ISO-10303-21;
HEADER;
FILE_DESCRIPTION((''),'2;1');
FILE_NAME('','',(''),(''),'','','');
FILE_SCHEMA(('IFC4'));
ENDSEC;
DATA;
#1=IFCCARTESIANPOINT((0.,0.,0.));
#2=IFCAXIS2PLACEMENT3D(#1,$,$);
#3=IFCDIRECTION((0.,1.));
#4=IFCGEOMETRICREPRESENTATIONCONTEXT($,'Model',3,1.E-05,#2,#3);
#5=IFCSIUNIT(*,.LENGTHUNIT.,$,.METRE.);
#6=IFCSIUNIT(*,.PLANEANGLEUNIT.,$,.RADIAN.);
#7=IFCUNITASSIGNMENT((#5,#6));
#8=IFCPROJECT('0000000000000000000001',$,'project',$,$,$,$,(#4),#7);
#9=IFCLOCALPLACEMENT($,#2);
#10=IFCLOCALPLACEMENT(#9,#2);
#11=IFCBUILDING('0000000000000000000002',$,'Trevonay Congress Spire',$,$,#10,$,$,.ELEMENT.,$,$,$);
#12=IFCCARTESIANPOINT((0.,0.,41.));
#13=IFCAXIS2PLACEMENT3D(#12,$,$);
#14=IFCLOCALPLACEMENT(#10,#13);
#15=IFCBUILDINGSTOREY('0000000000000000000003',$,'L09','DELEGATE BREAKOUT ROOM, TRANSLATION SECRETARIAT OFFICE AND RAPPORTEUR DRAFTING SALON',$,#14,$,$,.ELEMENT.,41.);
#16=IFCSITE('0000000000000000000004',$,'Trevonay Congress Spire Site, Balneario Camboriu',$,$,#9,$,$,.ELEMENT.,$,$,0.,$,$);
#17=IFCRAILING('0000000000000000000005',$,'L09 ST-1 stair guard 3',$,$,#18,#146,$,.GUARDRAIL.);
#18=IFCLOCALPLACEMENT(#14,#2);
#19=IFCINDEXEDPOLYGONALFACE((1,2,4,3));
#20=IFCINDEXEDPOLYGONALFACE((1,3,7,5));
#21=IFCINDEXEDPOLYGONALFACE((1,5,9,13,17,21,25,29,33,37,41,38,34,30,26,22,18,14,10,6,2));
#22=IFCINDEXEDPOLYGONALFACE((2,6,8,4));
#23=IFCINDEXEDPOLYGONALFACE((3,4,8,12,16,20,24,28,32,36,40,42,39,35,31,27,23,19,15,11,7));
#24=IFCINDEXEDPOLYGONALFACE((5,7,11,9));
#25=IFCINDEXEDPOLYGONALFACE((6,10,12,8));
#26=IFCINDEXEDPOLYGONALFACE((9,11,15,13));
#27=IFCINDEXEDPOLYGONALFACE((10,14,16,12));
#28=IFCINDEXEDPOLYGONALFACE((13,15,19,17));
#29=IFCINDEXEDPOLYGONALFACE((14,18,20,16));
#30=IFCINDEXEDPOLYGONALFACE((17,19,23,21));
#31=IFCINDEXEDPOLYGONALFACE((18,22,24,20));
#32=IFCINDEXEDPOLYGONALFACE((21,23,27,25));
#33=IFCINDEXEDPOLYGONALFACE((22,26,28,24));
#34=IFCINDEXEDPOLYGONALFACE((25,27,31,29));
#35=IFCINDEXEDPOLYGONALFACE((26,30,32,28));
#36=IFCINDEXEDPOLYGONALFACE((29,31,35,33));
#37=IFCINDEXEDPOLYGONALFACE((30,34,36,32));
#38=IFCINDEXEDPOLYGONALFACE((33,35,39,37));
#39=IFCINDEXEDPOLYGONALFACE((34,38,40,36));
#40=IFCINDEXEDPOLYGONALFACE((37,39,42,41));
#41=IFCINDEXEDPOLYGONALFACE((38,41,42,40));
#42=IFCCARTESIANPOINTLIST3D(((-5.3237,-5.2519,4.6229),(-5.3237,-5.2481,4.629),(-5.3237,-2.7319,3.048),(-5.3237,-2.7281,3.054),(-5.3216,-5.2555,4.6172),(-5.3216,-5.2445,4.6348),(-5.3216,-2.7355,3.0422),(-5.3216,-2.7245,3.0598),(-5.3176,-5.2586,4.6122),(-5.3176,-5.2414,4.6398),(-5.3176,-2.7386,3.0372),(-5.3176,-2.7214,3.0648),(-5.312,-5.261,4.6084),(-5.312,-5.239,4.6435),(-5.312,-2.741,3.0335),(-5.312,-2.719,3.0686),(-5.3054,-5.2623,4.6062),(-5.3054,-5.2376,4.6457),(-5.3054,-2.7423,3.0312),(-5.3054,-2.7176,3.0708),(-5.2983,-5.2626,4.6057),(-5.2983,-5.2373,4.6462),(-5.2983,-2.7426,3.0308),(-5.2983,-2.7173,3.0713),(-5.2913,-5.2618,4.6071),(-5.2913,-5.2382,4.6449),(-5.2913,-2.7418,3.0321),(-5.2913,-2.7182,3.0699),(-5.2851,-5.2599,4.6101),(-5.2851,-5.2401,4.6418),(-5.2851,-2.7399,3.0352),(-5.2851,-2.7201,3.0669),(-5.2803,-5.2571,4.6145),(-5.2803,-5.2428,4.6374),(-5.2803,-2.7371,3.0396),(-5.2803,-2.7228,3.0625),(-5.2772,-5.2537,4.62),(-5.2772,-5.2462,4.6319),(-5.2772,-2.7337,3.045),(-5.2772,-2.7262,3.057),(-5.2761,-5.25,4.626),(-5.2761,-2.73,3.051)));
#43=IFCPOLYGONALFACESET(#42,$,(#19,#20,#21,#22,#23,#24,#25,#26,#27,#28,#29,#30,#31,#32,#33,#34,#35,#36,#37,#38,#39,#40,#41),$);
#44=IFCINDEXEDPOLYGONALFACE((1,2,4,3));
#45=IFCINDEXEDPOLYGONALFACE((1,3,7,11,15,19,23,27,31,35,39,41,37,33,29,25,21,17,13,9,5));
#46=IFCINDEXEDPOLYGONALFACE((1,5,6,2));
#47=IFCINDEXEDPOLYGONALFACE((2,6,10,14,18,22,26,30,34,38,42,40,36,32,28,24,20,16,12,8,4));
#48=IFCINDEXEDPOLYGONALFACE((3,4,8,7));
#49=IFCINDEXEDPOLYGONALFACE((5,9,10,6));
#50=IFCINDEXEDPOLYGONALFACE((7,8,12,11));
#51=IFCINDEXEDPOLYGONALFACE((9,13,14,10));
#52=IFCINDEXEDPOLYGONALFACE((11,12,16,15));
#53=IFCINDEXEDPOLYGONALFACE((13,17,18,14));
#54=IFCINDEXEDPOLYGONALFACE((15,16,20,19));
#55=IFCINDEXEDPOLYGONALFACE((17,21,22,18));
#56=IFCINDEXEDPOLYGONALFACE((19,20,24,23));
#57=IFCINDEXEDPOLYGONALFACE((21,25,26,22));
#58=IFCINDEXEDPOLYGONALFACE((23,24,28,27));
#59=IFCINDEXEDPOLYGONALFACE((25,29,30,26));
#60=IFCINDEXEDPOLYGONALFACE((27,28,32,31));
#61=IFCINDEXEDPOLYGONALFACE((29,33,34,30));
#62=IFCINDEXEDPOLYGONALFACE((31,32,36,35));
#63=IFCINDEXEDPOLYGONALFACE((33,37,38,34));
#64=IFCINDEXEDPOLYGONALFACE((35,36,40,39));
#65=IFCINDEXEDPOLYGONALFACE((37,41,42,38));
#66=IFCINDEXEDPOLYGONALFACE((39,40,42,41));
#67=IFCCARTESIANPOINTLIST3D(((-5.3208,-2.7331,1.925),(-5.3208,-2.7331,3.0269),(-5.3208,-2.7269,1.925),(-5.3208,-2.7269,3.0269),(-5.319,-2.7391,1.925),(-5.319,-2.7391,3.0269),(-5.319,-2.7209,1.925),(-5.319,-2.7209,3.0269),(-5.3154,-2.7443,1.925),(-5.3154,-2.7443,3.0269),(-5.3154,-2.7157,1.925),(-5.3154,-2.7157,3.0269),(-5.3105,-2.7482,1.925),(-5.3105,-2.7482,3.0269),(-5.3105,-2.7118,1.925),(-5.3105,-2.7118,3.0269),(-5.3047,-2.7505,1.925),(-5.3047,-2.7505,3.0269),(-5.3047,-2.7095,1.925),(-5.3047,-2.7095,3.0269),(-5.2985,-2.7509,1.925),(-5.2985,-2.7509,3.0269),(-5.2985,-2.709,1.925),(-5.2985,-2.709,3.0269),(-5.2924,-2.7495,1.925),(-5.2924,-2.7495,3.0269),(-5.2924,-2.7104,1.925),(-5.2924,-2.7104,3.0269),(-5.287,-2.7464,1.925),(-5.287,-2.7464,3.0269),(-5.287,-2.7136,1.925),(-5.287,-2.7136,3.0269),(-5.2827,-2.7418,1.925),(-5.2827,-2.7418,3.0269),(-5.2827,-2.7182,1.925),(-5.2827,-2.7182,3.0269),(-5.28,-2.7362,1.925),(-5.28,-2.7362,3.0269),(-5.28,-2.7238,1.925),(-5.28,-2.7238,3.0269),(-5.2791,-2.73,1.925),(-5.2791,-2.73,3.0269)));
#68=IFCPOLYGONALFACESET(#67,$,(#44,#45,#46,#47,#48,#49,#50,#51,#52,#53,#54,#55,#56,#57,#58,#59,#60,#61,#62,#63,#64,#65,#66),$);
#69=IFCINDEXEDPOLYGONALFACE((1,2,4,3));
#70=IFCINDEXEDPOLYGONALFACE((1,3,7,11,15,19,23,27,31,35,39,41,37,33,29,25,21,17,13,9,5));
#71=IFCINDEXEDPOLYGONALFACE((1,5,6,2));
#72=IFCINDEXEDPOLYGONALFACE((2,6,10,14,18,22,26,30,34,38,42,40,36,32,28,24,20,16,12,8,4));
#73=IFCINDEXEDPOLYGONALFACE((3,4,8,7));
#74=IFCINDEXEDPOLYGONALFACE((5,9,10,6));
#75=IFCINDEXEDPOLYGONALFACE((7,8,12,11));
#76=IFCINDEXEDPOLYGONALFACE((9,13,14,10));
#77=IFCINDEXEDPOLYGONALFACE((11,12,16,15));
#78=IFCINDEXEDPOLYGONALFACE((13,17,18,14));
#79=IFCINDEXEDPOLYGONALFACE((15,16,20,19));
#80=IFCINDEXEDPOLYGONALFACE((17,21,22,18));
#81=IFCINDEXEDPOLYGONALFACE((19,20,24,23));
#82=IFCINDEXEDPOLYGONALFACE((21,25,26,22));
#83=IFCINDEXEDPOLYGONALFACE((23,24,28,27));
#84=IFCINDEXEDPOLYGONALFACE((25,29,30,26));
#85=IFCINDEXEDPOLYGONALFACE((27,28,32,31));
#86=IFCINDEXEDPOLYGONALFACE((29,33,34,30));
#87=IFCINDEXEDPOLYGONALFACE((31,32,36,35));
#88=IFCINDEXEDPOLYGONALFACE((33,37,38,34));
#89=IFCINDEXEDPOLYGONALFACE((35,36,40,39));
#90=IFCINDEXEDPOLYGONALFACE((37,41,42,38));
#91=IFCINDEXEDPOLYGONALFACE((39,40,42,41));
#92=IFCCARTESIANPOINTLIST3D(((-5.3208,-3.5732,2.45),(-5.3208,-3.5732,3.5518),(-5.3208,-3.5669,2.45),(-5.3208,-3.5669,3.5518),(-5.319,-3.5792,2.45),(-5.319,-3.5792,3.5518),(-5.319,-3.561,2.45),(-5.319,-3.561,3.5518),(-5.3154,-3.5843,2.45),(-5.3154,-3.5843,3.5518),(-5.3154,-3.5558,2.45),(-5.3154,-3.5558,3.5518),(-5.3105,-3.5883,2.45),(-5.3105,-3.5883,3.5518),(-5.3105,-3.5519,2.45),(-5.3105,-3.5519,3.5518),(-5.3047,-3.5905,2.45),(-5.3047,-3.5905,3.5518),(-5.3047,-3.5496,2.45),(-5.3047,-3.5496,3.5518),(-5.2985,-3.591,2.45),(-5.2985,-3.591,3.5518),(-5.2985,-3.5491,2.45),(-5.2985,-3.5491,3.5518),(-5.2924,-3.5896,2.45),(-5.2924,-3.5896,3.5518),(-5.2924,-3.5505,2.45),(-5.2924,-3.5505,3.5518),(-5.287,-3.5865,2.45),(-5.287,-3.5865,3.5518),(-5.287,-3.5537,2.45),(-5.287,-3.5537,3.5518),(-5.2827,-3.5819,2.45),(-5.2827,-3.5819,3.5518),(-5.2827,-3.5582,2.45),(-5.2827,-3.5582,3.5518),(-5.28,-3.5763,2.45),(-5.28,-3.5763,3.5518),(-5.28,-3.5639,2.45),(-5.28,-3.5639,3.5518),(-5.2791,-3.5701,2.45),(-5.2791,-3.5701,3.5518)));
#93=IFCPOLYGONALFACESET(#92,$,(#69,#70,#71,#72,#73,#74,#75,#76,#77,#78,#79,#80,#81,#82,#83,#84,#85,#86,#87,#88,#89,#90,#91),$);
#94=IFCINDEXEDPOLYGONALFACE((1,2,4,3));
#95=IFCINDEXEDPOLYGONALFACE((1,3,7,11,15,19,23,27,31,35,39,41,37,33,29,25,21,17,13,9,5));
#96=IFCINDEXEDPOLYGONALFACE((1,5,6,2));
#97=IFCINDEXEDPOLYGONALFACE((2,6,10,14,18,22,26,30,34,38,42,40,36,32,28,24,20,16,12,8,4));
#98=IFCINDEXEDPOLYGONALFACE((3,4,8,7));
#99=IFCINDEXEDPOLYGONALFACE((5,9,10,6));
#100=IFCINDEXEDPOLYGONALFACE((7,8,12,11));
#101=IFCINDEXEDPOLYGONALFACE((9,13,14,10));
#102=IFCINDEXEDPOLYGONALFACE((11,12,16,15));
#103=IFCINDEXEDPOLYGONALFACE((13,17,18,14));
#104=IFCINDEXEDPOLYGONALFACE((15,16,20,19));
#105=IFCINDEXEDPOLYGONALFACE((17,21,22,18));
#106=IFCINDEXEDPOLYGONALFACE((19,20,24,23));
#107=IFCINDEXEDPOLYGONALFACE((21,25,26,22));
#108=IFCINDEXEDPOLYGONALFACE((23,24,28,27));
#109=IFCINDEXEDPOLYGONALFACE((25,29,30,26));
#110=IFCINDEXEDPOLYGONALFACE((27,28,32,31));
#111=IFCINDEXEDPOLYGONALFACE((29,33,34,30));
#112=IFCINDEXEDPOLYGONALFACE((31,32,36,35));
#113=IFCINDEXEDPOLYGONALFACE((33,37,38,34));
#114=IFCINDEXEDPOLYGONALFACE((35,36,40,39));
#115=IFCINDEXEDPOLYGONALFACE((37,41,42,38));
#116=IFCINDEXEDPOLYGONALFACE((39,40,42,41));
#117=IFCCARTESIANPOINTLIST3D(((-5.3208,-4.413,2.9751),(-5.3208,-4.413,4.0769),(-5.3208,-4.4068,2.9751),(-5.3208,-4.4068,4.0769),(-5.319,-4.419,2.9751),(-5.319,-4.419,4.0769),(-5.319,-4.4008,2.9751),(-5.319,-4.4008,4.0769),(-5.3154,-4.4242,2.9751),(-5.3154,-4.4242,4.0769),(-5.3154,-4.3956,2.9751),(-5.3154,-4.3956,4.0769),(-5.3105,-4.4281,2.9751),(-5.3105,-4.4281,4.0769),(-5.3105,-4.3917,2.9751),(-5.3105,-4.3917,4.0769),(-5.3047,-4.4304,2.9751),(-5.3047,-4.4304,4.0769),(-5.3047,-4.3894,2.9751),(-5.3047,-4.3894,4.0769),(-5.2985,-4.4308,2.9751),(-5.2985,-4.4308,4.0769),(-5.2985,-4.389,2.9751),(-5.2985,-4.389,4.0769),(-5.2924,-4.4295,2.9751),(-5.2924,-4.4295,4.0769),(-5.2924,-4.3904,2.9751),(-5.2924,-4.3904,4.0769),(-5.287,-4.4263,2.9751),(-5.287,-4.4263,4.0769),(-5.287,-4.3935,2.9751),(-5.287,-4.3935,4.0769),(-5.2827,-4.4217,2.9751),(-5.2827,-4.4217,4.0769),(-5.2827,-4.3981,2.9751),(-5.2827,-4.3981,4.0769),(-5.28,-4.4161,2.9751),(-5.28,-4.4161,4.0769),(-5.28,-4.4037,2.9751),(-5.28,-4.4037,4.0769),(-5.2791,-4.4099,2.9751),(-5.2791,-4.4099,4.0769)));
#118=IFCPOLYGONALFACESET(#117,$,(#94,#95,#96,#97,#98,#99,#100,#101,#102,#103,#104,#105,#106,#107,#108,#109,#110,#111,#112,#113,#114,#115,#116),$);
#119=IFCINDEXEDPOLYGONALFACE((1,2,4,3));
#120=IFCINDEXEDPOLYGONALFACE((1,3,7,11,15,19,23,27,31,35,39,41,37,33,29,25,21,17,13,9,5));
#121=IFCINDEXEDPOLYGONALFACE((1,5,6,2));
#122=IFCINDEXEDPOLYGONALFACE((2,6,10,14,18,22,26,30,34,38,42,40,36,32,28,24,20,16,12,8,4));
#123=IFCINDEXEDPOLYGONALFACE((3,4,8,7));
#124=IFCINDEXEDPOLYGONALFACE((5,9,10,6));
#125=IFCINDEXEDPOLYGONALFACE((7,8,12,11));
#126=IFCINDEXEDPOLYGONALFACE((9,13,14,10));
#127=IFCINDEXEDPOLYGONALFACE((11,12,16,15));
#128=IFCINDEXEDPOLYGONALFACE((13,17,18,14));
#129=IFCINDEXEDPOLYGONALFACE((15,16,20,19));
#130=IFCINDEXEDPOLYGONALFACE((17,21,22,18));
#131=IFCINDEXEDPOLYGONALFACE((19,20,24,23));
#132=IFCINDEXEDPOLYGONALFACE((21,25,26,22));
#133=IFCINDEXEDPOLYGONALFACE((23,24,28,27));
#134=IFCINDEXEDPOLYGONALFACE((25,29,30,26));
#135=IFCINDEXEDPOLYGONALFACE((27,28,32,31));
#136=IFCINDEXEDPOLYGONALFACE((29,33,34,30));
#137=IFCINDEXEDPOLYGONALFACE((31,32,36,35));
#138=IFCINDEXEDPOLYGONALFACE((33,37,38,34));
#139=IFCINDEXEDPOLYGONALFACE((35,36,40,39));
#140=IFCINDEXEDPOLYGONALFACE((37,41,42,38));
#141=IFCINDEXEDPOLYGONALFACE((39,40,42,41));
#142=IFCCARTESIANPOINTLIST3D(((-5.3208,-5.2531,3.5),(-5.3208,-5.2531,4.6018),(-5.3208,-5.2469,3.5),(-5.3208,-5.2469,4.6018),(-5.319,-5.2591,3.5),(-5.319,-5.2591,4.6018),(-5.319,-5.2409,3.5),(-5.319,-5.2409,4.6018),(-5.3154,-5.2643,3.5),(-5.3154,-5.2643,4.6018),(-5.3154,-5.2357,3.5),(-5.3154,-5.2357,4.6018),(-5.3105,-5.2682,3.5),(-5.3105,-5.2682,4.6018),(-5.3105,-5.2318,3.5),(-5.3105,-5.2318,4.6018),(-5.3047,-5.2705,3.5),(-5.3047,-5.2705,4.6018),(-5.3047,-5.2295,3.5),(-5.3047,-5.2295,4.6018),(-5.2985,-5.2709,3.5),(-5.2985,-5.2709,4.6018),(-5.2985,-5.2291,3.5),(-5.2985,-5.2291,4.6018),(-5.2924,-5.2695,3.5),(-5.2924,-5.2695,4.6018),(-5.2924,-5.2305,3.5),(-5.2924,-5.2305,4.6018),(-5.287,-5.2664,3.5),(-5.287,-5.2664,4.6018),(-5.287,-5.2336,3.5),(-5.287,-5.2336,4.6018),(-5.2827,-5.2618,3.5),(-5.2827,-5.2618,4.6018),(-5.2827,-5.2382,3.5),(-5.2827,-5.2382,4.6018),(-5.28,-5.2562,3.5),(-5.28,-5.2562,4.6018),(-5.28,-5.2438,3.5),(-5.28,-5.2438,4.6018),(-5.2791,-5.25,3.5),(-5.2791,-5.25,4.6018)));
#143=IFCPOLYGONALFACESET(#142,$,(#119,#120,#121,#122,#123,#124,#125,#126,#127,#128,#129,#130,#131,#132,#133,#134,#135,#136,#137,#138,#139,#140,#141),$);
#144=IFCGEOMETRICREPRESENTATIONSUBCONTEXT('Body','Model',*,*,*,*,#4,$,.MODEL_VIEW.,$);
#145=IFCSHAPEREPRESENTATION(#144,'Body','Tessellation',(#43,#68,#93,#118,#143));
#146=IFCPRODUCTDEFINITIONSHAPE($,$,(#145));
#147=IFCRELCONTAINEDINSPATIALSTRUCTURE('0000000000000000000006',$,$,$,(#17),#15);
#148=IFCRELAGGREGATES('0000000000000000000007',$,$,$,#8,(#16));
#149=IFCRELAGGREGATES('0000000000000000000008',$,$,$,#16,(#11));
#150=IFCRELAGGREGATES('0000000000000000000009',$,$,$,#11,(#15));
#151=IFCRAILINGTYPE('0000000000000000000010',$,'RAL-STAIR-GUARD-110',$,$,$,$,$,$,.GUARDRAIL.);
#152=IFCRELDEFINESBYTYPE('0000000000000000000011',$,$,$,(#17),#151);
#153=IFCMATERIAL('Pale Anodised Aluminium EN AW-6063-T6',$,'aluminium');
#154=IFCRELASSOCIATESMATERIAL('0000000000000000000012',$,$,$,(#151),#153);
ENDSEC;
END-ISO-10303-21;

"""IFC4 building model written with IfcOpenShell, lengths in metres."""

from ifc_helpers import new_model, si_unit, direction, frame, origin, origin_2d, place, context, subcontext, project, spatial, circle, extrude, material, type_object, element, save


model = new_model("IFC4")

# Units and contexts
model_context = context("Model", 3, precision=1e-05, world=origin(), true_north=direction((0.0, 1.0)))
body_context = subcontext(model_context, "Body", "Model", "MODEL_VIEW")
ifc_project = project(units=[si_unit("LENGTHUNIT", "METRE"), si_unit("PLANEANGLEUNIT", "RADIAN")], contexts=[model_context])

# Site, building, storey
site_placement = place(None, origin())
site = spatial("IfcSite", under=ifc_project, at=site_placement, Name="Trevonay Congress Spire Site, Balneario Camboriu", CompositionType="ELEMENT", RefElevation=0.0)
building_placement = place(site_placement, origin())
building = spatial("IfcBuilding", under=site, at=building_placement, Name="Trevonay Congress Spire", CompositionType="ELEMENT")
storey_placement = place(building_placement, frame((0.0, 0.0, 41.0)))
storey = spatial("IfcBuildingStorey", under=building, at=storey_placement, Name="L09", Description="DELEGATE BREAKOUT ROOM, TRANSLATION SECRETARIAT OFFICE AND RAPPORTEUR DRAFTING SALON", CompositionType="ELEMENT", Elevation=41.0)

# Shared definitions
ifc_material_1 = material(Name="Pale Anodised Aluminium EN AW-6063-T6", Category="aluminium")

# Railing
railing_type_1 = type_object("IfcRailingType", Name="RAL-STAIR-GUARD-110", PredefinedType="GUARDRAIL", material=ifc_material_1)
railing_1_placement = place(storey_placement, frame((-5.3, -2.73, 1.925)))
element("IfcRailing", 1, at=railing_1_placement, inside=storey, type_object=railing_type_1, Name="L09 ST-1 stair guard 3", PredefinedType="GUARDRAIL", context=body_context, shape_type="SweptSolid", body=[
    extrude(circle(Radius=0.0239, at=origin_2d()), frame((0.0, 0.0, 1.126), z_axis=(0.0, -0.848008, 0.529984), x_axis=(1.0, 0.0, 0.0)), (0.0, 0.0, 1.0), 2.9717),
    extrude(circle(Radius=0.021, at=origin_2d()), origin(), (0.0, 0.0, 1.0), 1.1018),
    extrude(circle(Radius=0.021, at=origin_2d()), frame((0.0, -0.8401, 0.5249)), (0.0, 0.0, 1.0), 1.1018),
    extrude(circle(Radius=0.021, at=origin_2d()), frame((0.0, -1.6799, 1.05)), (0.0, 0.0, 1.0), 1.1018),
    extrude(circle(Radius=0.021, at=origin_2d()), frame((0.0, -2.52, 1.575)), (0.0, 0.0, 1.0), 1.1018),
])

save(model, "model.ifc")
